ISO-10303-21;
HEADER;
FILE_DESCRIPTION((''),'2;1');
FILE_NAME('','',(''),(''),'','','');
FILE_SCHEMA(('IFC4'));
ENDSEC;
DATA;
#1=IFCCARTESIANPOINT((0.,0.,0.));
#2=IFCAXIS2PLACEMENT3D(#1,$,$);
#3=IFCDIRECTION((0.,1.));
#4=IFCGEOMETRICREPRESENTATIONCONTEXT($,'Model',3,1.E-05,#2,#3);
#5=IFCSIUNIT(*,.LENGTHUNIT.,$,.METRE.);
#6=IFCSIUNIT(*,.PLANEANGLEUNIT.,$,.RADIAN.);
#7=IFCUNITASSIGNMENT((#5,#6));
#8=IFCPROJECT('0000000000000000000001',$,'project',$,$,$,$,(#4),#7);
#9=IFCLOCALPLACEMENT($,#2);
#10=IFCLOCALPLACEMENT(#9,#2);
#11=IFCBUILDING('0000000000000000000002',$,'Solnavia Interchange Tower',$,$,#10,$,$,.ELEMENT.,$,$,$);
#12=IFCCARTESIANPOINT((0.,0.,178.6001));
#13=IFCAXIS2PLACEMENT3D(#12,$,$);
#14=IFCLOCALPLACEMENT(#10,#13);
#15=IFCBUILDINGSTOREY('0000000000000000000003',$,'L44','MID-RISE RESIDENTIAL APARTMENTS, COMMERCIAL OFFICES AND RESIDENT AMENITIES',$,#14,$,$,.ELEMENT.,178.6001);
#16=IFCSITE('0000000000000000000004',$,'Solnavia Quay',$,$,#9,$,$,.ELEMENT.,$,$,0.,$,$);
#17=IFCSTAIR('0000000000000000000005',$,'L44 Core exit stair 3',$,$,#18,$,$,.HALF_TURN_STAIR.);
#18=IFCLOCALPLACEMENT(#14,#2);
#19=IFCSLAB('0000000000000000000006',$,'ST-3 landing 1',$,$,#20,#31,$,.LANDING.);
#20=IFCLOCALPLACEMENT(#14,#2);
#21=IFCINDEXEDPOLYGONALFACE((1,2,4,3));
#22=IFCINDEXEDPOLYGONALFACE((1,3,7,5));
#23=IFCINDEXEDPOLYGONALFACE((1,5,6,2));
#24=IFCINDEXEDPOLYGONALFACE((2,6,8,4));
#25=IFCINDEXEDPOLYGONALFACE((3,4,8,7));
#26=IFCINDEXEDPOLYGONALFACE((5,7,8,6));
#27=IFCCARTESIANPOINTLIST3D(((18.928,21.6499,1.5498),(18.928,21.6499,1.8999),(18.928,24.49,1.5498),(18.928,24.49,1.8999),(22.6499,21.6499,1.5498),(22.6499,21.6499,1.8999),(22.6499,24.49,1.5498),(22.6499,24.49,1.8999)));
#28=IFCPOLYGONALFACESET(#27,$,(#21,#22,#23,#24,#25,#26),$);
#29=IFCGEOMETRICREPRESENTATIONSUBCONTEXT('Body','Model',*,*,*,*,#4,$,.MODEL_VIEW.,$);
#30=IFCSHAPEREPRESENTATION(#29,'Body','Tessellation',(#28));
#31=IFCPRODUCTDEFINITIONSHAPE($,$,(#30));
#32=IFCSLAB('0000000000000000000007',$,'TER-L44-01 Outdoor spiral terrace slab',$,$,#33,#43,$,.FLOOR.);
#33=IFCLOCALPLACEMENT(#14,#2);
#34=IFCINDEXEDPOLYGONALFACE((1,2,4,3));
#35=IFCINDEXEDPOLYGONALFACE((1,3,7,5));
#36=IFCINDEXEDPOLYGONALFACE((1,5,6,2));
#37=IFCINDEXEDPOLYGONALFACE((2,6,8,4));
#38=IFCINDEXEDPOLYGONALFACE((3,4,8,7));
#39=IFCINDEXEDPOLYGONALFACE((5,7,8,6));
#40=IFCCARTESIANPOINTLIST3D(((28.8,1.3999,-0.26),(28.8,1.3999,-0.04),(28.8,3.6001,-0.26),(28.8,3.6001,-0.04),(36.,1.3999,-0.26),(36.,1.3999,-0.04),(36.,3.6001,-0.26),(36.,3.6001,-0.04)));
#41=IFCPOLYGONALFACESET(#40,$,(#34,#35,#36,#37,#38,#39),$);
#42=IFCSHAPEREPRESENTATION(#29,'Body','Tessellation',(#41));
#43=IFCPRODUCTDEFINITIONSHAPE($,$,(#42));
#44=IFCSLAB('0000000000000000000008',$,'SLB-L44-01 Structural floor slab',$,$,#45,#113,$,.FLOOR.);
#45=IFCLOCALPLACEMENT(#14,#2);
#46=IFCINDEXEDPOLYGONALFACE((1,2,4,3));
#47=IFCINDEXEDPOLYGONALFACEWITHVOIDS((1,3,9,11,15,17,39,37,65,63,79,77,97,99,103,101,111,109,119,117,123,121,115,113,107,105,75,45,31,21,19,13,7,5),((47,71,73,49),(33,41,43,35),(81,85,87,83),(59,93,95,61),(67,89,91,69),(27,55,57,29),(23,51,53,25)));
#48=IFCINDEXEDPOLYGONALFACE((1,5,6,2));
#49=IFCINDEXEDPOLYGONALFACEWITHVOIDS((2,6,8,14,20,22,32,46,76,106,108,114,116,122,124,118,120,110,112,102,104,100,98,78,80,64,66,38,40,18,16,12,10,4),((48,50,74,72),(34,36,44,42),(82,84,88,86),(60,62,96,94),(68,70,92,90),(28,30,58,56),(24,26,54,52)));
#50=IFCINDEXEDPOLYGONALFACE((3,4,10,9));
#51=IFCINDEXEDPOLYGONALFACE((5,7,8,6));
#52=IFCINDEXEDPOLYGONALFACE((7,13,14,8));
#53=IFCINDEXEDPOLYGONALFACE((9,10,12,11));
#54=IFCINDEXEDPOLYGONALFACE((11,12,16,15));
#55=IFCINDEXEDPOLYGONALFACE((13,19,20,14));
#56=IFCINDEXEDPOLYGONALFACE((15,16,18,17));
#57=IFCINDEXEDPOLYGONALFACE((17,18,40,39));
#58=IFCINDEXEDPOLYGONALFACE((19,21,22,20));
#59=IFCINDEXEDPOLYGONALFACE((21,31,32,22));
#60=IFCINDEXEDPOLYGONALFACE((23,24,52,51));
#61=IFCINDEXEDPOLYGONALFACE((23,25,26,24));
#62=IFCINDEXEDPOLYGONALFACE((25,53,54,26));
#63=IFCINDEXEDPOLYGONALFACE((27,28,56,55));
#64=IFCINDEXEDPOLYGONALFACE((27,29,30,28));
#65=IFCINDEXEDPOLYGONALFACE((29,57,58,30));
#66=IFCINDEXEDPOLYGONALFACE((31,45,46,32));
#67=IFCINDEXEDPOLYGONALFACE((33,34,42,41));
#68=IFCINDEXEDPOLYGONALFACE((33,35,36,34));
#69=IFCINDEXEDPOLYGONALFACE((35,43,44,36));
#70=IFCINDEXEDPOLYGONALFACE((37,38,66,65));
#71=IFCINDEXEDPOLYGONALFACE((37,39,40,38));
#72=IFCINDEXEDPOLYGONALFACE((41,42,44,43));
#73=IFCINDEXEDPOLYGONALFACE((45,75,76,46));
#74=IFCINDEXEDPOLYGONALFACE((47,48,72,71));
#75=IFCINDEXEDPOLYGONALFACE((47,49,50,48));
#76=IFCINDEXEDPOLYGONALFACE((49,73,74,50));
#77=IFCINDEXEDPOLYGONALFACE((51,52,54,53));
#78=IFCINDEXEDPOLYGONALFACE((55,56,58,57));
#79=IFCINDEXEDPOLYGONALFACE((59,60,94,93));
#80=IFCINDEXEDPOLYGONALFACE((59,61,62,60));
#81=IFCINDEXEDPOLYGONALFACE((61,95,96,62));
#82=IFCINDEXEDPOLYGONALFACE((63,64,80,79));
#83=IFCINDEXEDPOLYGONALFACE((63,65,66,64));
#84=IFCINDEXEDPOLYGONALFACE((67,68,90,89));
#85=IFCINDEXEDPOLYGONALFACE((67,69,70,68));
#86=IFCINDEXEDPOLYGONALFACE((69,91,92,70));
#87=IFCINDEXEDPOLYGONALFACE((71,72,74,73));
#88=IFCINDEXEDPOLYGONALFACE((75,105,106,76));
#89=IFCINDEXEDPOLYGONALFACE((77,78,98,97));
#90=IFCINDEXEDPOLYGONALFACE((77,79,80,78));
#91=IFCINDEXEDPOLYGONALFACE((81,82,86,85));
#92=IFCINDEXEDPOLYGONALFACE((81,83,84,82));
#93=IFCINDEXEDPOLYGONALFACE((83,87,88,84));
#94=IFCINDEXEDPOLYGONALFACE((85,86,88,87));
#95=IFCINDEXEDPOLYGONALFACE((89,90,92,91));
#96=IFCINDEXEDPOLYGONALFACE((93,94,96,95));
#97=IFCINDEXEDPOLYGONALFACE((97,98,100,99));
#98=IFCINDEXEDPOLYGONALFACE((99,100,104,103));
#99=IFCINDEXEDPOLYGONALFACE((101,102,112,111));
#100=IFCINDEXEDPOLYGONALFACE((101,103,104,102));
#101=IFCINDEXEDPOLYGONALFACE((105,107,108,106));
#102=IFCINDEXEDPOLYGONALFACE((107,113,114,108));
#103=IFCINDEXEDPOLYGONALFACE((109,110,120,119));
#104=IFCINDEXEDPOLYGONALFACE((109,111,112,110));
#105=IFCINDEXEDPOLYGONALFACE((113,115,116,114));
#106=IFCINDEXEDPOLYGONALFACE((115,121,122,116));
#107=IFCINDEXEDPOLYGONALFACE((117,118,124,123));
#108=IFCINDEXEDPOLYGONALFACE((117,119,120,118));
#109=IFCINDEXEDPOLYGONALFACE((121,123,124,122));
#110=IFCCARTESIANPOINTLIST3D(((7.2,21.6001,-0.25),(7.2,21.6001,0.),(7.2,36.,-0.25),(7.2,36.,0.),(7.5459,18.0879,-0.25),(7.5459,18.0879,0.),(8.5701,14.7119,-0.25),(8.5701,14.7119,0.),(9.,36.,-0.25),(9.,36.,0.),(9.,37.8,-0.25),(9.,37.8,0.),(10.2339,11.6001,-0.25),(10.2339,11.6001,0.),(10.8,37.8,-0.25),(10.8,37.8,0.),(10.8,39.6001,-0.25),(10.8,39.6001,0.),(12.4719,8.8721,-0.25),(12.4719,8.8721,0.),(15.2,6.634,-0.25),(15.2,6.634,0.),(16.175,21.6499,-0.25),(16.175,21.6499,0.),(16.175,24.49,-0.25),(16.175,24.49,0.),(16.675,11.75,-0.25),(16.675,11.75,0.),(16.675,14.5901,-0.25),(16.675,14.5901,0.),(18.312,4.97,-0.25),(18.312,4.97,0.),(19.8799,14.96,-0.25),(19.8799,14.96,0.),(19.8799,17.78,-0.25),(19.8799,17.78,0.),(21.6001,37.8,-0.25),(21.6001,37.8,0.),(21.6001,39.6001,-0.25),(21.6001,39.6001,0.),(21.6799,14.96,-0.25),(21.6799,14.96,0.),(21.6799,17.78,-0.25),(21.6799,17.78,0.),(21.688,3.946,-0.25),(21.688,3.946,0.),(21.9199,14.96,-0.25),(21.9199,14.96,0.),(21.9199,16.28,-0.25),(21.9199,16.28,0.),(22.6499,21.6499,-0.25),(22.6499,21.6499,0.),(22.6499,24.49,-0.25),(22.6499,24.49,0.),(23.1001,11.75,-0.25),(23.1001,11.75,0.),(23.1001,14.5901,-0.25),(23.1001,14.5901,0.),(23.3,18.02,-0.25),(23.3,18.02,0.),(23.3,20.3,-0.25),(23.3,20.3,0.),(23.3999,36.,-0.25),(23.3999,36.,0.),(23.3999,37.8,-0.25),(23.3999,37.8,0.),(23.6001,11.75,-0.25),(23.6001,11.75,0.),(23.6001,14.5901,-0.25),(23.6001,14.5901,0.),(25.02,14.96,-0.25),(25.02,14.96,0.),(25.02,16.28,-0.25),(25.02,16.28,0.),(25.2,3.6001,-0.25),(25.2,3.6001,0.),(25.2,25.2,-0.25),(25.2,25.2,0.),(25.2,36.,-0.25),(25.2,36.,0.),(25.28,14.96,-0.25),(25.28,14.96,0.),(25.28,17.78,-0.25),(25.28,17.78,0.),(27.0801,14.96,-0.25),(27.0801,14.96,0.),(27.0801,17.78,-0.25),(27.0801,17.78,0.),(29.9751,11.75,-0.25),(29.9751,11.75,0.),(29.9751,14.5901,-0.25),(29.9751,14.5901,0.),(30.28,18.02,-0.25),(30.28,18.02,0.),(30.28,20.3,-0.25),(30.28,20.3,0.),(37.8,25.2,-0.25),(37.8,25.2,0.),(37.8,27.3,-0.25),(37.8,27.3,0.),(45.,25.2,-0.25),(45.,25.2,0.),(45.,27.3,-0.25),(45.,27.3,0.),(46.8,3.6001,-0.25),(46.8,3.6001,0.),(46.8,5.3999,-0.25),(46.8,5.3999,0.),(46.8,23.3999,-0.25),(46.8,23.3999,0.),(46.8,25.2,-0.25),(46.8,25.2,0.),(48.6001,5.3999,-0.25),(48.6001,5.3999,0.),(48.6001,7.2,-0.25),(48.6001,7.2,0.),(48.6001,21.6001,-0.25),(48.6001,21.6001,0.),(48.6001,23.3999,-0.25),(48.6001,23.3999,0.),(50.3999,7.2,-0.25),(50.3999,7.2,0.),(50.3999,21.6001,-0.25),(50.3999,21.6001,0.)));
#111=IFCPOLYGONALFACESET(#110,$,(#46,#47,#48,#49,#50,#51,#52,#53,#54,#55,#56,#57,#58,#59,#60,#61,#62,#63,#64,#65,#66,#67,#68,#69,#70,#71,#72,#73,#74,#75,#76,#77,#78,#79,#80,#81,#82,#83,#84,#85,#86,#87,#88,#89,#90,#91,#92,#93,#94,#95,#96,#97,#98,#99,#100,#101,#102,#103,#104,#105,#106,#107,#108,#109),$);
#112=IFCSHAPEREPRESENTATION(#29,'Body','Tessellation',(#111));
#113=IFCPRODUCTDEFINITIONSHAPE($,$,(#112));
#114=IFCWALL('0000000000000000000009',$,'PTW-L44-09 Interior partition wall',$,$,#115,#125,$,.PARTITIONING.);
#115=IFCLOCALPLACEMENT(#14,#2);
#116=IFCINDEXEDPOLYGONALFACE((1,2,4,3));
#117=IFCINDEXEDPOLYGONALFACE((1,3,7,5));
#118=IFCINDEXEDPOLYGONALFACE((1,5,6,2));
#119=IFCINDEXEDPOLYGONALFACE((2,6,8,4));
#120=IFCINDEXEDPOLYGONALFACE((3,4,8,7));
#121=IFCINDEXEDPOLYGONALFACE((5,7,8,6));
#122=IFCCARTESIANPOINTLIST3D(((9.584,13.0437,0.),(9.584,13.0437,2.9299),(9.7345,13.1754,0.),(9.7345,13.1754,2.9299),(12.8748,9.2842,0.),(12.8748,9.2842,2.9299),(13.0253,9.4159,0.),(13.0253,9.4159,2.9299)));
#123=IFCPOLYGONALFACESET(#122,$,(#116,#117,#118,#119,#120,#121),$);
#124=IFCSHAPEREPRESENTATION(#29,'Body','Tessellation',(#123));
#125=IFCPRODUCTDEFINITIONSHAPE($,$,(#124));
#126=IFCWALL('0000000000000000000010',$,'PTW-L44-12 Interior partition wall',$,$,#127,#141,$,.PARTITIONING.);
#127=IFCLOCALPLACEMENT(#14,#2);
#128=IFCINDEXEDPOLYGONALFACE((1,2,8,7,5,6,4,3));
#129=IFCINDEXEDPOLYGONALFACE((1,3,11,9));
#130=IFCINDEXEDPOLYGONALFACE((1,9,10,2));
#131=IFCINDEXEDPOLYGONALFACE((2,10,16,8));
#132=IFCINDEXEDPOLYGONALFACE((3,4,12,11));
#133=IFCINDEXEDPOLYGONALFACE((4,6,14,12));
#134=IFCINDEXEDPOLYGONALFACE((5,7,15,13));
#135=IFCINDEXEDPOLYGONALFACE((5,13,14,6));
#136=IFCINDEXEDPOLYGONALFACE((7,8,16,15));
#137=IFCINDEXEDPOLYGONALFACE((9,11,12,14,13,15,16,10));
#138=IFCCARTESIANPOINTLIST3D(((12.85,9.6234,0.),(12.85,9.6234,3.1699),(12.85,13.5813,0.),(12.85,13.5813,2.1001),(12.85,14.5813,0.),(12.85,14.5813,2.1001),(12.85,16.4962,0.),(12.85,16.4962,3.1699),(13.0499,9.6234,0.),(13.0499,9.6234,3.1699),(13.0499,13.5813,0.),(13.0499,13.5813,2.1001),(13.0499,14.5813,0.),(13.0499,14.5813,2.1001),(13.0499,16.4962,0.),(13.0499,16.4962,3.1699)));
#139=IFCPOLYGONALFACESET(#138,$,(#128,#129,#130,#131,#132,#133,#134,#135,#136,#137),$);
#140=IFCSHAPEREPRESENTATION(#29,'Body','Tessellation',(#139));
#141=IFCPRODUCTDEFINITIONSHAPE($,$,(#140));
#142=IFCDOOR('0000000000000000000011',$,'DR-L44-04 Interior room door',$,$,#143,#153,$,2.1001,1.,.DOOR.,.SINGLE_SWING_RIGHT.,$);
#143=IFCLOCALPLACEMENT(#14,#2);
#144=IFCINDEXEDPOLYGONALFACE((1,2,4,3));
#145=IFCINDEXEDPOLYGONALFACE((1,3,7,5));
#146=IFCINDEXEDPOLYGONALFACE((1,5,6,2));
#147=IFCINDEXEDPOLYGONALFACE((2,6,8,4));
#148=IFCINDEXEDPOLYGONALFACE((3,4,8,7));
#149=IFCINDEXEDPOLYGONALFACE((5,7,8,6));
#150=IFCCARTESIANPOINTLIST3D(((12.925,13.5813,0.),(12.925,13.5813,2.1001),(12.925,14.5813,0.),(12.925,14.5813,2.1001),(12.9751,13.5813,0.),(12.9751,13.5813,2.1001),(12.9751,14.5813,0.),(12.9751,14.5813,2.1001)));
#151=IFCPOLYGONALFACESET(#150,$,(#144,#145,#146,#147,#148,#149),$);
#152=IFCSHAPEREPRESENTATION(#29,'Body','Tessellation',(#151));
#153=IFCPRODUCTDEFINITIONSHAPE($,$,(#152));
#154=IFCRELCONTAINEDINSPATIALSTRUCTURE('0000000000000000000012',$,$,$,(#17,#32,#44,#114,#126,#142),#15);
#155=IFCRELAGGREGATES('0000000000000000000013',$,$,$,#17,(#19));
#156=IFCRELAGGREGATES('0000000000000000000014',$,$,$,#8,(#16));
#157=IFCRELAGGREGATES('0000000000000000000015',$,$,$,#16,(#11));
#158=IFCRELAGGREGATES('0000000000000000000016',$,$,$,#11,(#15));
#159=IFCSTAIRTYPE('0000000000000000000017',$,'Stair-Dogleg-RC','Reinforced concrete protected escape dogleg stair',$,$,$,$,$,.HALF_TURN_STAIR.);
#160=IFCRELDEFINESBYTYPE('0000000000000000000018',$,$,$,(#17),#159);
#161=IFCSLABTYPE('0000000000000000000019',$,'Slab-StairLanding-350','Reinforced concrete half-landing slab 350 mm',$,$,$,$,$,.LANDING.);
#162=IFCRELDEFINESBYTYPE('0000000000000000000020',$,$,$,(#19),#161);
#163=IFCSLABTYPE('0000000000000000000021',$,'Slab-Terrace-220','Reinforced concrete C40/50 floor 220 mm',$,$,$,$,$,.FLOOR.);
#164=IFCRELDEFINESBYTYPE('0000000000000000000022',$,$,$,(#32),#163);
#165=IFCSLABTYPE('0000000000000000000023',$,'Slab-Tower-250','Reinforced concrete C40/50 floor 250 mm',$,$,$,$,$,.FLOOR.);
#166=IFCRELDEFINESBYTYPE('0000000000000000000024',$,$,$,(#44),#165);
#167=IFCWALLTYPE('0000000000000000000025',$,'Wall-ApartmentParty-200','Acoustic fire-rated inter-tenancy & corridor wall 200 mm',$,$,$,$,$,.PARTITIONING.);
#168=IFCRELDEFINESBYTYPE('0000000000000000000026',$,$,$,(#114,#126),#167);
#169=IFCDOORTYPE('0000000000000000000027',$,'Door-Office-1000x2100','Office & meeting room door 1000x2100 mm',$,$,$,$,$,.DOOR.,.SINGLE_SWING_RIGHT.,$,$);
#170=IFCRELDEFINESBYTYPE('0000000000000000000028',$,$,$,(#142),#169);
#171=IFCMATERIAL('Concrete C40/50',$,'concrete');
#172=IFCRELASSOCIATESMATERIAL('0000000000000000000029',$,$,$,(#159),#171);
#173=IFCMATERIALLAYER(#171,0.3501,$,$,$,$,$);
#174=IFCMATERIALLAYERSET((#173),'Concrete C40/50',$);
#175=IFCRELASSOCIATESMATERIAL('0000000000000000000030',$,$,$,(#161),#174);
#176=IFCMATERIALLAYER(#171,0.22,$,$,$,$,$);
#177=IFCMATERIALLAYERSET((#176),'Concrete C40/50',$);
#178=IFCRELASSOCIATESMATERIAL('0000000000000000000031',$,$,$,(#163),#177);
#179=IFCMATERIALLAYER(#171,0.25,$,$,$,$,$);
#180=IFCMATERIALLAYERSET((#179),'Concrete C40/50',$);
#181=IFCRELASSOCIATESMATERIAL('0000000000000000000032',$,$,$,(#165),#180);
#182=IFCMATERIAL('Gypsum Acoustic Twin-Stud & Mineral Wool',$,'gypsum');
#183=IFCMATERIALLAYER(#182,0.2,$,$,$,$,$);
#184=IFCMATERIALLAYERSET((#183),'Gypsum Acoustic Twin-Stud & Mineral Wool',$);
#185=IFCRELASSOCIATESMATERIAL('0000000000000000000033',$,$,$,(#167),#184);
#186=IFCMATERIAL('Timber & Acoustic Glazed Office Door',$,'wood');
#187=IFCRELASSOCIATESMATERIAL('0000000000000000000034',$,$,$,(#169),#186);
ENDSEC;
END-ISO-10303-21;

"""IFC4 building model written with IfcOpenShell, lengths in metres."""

from ifc_helpers import new_model, si_unit, direction, frame, frame_2d, origin, place, context, subcontext, project, spatial, polyline, rectangle, outline, extrude, material, layer, layer_set, type_object, element, fill, aggregate, save


model = new_model("IFC4")

# Units and contexts
model_context = context("Model", 3, precision=1e-05, world=origin(), true_north=direction((0.0, 1.0)))
body_context = subcontext(model_context, "Body", "Model", "MODEL_VIEW")
ifc_project = project(units=[si_unit("LENGTHUNIT", "METRE"), si_unit("PLANEANGLEUNIT", "RADIAN")], contexts=[model_context])

# Site, building, storey
site_placement = place(None, origin())
site = spatial("IfcSite", under=ifc_project, at=site_placement, Name="Solnavia Quay", CompositionType="ELEMENT", RefElevation=0.0)
building_placement = place(site_placement, origin())
building = spatial("IfcBuilding", under=site, at=building_placement, Name="Solnavia Interchange Tower", CompositionType="ELEMENT")
storey_placement = place(building_placement, frame((0.0, 0.0, 178.6001)))
storey = spatial("IfcBuildingStorey", under=building, at=storey_placement, Name="L44", Description="MID-RISE RESIDENTIAL APARTMENTS, COMMERCIAL OFFICES AND RESIDENT AMENITIES", CompositionType="ELEMENT", Elevation=178.6001)

# Stair, slab
ifc_material_1 = material(Name="Concrete C40/50", Category="concrete")
stair_type = type_object("IfcStairType", Name="Stair-Dogleg-RC", Description="Reinforced concrete protected escape dogleg stair", PredefinedType="HALF_TURN_STAIR", material=ifc_material_1)
ifc_layer_1 = layer(ifc_material_1, 0.3501)
ifc_layer_set_1 = layer_set([ifc_layer_1], Name="Concrete C40/50")
slab_type_1 = type_object("IfcSlabType", Name="Slab-StairLanding-350", Description="Reinforced concrete half-landing slab 350 mm", PredefinedType="LANDING", material=ifc_layer_set_1)
stair_1_placement = place(storey_placement, origin())
stair_1 = element("IfcStair", 1, at=stair_1_placement, inside=storey, type_object=stair_type, Name="L44 Core exit stair 3", PredefinedType="HALF_TURN_STAIR")
slab_1_placement = place(storey_placement, frame((0.0, 0.0, 1.5498)))
slab_1 = element("IfcSlab", 2, at=slab_1_placement, type_object=slab_type_1, Name="ST-3 landing 1", PredefinedType="LANDING", context=body_context, shape_type="SweptSolid", body=[
    extrude(outline(polyline([(18.928, 21.6499), (22.6499, 21.6499), (22.6499, 24.49), (18.928, 24.49), (18.928, 21.6499)])), origin(), (0.0, 0.0, 1.0), 0.3501),
])
aggregate(stair_1, [slab_1])

# Slabs
ifc_layer_2 = layer(ifc_material_1, 0.22)
ifc_layer_set_2 = layer_set([ifc_layer_2], Name="Concrete C40/50")
slab_type_2 = type_object("IfcSlabType", Name="Slab-Terrace-220", Description="Reinforced concrete C40/50 floor 220 mm", PredefinedType="FLOOR", material=ifc_layer_set_2)
slab_2_placement = place(storey_placement, frame((0.0, 0.0, -0.26)))
element("IfcSlab", 3, at=slab_2_placement, inside=storey, type_object=slab_type_2, Name="TER-L44-01 Outdoor spiral terrace slab", PredefinedType="FLOOR", context=body_context, shape_type="SweptSolid", body=[
    extrude(outline(polyline([(28.8, 1.3999), (36.0, 1.3999), (36.0, 3.6001), (28.8, 3.6001), (28.8, 1.3999)])), origin(), (0.0, 0.0, 1.0), 0.22),
])
ifc_layer_3 = layer(ifc_material_1, 0.25)
ifc_layer_set_3 = layer_set([ifc_layer_3], Name="Concrete C40/50")
slab_type_3 = type_object("IfcSlabType", Name="Slab-Tower-250", Description="Reinforced concrete C40/50 floor 250 mm", PredefinedType="FLOOR", material=ifc_layer_set_3)
slab_3_placement = place(storey_placement, frame((0.0, 0.0, -0.25)))
element("IfcSlab", 4, at=slab_3_placement, inside=storey, type_object=slab_type_3, Name="SLB-L44-01 Structural floor slab", PredefinedType="FLOOR", context=body_context, shape_type="SweptSolid", body=[
    extrude(outline(polyline([(25.2, 3.6001), (46.8, 3.6001), (46.8, 5.3999), (48.6001, 5.3999), (48.6001, 7.2), (50.3999, 7.2), (50.3999, 21.6001), (48.6001, 21.6001), (48.6001, 23.3999), (46.8, 23.3999), (46.8, 25.2), (45.0, 25.2), (45.0, 27.3), (37.8, 27.3), (37.8, 25.2), (25.2, 25.2), (25.2, 36.0), (23.3999, 36.0), (23.3999, 37.8), (21.6001, 37.8), (21.6001, 39.6001), (10.8, 39.6001), (10.8, 37.8), (9.0, 37.8), (9.0, 36.0), (7.2, 36.0), (7.2, 21.6001), (7.5459, 18.0879), (8.5701, 14.7119), (10.2339, 11.6001), (12.4719, 8.8721), (15.2, 6.634), (18.312, 4.97), (21.688, 3.946), (25.2, 3.6001)]), holes=[polyline([(16.675, 11.75), (23.1001, 11.75), (23.1001, 14.5901), (16.675, 14.5901), (16.675, 11.75)]), polyline([(23.6001, 11.75), (29.9751, 11.75), (29.9751, 14.5901), (23.6001, 14.5901), (23.6001, 11.75)]), polyline([(16.175, 21.6499), (22.6499, 21.6499), (22.6499, 24.49), (16.175, 24.49), (16.175, 21.6499)]), polyline([(19.8799, 14.96), (21.6799, 14.96), (21.6799, 17.78), (19.8799, 17.78), (19.8799, 14.96)]), polyline([(25.28, 14.96), (27.0801, 14.96), (27.0801, 17.78), (25.28, 17.78), (25.28, 14.96)]), polyline([(21.9199, 14.96), (25.02, 14.96), (25.02, 16.28), (21.9199, 16.28), (21.9199, 14.96)]), polyline([(23.3, 18.02), (30.28, 18.02), (30.28, 20.3), (23.3, 20.3), (23.3, 18.02)])]), origin(), (0.0, 0.0, 1.0), 0.25),
])

# Wall
ifc_material_2 = material(Name="Gypsum Acoustic Twin-Stud & Mineral Wool", Category="gypsum")
ifc_layer_4 = layer(ifc_material_2, 0.2)
ifc_layer_set_4 = layer_set([ifc_layer_4], Name="Gypsum Acoustic Twin-Stud & Mineral Wool")
wall_type_1 = type_object("IfcWallType", Name="Wall-ApartmentParty-200", Description="Acoustic fire-rated inter-tenancy & corridor wall 200 mm", PredefinedType="PARTITIONING", material=ifc_layer_set_4)
wall_1_placement = place(storey_placement, frame((12.95, 9.3501, 0.0), z_axis=(0.0, 0.0, 1.0), x_axis=(-0.65864, 0.752459, 0.0)))
element("IfcWall", 5, at=wall_1_placement, inside=storey, type_object=wall_type_1, Name="PTW-L44-09 Interior partition wall", PredefinedType="PARTITIONING", context=body_context, shape_type="SweptSolid", body=[
    extrude(rectangle(XDim=4.9963, YDim=0.2, at=frame_2d((2.498, 0.0))), origin(), (0.0, 0.0, 1.0), 2.9299),
])

# Wall, opening, door
wall_2_placement = place(storey_placement, frame((12.95, 9.6233, 0.0), z_axis=(0.0, 0.0, 1.0), x_axis=(0.0, 1.0, 0.0)))
wall_2 = element("IfcWall", 6, at=wall_2_placement, inside=storey, type_object=wall_type_1, Name="PTW-L44-12 Interior partition wall", PredefinedType="PARTITIONING", context=body_context, shape_type="SweptSolid", body=[
    extrude(rectangle(XDim=6.8728, YDim=0.2, at=frame_2d((3.4365, 0.0))), origin(), (0.0, 0.0, 1.0), 3.1699),
])
opening_1_placement = place(wall_2_placement, frame((3.958, 0.0, 0.0)))
opening_1 = element("IfcOpeningElement", 7, at=opening_1_placement, cuts=wall_2, PredefinedType="OPENING", context=body_context, shape_type="SweptSolid", body=[
    extrude(rectangle(XDim=1.0, YDim=2.1001, at=frame_2d((0.5, 1.05))), frame((0.0, 0.1099, 0.0), z_axis=(0.0, -1.0, 0.0), x_axis=(1.0, 0.0, 0.0)), (0.0, 0.0, 1.0), 0.22),
])
ifc_material_3 = material(Name="Timber & Acoustic Glazed Office Door", Category="wood")
door_type_1 = type_object("IfcDoorType", Name="Door-Office-1000x2100", Description="Office & meeting room door 1000x2100 mm", OperationType="SINGLE_SWING_RIGHT", PredefinedType="DOOR", material=ifc_material_3)
door_1_placement = place(opening_1_placement, origin())
door_1 = element("IfcDoor", 8, at=door_1_placement, inside=storey, type_object=door_type_1, Name="DR-L44-04 Interior room door", OperationType="SINGLE_SWING_RIGHT", OverallHeight=2.1001, OverallWidth=1.0, PredefinedType="DOOR", context=body_context, shape_type="SweptSolid", body=[
    extrude(rectangle(XDim=1.0, YDim=2.1001, at=frame_2d((0.5, 1.05))), frame((0.0, 0.0249, 0.0), z_axis=(0.0, -1.0, 0.0), x_axis=(1.0, 0.0, 0.0)), (0.0, 0.0, 1.0), 0.05),
])
fill(opening_1, door_1)

save(model, "model.ifc")
